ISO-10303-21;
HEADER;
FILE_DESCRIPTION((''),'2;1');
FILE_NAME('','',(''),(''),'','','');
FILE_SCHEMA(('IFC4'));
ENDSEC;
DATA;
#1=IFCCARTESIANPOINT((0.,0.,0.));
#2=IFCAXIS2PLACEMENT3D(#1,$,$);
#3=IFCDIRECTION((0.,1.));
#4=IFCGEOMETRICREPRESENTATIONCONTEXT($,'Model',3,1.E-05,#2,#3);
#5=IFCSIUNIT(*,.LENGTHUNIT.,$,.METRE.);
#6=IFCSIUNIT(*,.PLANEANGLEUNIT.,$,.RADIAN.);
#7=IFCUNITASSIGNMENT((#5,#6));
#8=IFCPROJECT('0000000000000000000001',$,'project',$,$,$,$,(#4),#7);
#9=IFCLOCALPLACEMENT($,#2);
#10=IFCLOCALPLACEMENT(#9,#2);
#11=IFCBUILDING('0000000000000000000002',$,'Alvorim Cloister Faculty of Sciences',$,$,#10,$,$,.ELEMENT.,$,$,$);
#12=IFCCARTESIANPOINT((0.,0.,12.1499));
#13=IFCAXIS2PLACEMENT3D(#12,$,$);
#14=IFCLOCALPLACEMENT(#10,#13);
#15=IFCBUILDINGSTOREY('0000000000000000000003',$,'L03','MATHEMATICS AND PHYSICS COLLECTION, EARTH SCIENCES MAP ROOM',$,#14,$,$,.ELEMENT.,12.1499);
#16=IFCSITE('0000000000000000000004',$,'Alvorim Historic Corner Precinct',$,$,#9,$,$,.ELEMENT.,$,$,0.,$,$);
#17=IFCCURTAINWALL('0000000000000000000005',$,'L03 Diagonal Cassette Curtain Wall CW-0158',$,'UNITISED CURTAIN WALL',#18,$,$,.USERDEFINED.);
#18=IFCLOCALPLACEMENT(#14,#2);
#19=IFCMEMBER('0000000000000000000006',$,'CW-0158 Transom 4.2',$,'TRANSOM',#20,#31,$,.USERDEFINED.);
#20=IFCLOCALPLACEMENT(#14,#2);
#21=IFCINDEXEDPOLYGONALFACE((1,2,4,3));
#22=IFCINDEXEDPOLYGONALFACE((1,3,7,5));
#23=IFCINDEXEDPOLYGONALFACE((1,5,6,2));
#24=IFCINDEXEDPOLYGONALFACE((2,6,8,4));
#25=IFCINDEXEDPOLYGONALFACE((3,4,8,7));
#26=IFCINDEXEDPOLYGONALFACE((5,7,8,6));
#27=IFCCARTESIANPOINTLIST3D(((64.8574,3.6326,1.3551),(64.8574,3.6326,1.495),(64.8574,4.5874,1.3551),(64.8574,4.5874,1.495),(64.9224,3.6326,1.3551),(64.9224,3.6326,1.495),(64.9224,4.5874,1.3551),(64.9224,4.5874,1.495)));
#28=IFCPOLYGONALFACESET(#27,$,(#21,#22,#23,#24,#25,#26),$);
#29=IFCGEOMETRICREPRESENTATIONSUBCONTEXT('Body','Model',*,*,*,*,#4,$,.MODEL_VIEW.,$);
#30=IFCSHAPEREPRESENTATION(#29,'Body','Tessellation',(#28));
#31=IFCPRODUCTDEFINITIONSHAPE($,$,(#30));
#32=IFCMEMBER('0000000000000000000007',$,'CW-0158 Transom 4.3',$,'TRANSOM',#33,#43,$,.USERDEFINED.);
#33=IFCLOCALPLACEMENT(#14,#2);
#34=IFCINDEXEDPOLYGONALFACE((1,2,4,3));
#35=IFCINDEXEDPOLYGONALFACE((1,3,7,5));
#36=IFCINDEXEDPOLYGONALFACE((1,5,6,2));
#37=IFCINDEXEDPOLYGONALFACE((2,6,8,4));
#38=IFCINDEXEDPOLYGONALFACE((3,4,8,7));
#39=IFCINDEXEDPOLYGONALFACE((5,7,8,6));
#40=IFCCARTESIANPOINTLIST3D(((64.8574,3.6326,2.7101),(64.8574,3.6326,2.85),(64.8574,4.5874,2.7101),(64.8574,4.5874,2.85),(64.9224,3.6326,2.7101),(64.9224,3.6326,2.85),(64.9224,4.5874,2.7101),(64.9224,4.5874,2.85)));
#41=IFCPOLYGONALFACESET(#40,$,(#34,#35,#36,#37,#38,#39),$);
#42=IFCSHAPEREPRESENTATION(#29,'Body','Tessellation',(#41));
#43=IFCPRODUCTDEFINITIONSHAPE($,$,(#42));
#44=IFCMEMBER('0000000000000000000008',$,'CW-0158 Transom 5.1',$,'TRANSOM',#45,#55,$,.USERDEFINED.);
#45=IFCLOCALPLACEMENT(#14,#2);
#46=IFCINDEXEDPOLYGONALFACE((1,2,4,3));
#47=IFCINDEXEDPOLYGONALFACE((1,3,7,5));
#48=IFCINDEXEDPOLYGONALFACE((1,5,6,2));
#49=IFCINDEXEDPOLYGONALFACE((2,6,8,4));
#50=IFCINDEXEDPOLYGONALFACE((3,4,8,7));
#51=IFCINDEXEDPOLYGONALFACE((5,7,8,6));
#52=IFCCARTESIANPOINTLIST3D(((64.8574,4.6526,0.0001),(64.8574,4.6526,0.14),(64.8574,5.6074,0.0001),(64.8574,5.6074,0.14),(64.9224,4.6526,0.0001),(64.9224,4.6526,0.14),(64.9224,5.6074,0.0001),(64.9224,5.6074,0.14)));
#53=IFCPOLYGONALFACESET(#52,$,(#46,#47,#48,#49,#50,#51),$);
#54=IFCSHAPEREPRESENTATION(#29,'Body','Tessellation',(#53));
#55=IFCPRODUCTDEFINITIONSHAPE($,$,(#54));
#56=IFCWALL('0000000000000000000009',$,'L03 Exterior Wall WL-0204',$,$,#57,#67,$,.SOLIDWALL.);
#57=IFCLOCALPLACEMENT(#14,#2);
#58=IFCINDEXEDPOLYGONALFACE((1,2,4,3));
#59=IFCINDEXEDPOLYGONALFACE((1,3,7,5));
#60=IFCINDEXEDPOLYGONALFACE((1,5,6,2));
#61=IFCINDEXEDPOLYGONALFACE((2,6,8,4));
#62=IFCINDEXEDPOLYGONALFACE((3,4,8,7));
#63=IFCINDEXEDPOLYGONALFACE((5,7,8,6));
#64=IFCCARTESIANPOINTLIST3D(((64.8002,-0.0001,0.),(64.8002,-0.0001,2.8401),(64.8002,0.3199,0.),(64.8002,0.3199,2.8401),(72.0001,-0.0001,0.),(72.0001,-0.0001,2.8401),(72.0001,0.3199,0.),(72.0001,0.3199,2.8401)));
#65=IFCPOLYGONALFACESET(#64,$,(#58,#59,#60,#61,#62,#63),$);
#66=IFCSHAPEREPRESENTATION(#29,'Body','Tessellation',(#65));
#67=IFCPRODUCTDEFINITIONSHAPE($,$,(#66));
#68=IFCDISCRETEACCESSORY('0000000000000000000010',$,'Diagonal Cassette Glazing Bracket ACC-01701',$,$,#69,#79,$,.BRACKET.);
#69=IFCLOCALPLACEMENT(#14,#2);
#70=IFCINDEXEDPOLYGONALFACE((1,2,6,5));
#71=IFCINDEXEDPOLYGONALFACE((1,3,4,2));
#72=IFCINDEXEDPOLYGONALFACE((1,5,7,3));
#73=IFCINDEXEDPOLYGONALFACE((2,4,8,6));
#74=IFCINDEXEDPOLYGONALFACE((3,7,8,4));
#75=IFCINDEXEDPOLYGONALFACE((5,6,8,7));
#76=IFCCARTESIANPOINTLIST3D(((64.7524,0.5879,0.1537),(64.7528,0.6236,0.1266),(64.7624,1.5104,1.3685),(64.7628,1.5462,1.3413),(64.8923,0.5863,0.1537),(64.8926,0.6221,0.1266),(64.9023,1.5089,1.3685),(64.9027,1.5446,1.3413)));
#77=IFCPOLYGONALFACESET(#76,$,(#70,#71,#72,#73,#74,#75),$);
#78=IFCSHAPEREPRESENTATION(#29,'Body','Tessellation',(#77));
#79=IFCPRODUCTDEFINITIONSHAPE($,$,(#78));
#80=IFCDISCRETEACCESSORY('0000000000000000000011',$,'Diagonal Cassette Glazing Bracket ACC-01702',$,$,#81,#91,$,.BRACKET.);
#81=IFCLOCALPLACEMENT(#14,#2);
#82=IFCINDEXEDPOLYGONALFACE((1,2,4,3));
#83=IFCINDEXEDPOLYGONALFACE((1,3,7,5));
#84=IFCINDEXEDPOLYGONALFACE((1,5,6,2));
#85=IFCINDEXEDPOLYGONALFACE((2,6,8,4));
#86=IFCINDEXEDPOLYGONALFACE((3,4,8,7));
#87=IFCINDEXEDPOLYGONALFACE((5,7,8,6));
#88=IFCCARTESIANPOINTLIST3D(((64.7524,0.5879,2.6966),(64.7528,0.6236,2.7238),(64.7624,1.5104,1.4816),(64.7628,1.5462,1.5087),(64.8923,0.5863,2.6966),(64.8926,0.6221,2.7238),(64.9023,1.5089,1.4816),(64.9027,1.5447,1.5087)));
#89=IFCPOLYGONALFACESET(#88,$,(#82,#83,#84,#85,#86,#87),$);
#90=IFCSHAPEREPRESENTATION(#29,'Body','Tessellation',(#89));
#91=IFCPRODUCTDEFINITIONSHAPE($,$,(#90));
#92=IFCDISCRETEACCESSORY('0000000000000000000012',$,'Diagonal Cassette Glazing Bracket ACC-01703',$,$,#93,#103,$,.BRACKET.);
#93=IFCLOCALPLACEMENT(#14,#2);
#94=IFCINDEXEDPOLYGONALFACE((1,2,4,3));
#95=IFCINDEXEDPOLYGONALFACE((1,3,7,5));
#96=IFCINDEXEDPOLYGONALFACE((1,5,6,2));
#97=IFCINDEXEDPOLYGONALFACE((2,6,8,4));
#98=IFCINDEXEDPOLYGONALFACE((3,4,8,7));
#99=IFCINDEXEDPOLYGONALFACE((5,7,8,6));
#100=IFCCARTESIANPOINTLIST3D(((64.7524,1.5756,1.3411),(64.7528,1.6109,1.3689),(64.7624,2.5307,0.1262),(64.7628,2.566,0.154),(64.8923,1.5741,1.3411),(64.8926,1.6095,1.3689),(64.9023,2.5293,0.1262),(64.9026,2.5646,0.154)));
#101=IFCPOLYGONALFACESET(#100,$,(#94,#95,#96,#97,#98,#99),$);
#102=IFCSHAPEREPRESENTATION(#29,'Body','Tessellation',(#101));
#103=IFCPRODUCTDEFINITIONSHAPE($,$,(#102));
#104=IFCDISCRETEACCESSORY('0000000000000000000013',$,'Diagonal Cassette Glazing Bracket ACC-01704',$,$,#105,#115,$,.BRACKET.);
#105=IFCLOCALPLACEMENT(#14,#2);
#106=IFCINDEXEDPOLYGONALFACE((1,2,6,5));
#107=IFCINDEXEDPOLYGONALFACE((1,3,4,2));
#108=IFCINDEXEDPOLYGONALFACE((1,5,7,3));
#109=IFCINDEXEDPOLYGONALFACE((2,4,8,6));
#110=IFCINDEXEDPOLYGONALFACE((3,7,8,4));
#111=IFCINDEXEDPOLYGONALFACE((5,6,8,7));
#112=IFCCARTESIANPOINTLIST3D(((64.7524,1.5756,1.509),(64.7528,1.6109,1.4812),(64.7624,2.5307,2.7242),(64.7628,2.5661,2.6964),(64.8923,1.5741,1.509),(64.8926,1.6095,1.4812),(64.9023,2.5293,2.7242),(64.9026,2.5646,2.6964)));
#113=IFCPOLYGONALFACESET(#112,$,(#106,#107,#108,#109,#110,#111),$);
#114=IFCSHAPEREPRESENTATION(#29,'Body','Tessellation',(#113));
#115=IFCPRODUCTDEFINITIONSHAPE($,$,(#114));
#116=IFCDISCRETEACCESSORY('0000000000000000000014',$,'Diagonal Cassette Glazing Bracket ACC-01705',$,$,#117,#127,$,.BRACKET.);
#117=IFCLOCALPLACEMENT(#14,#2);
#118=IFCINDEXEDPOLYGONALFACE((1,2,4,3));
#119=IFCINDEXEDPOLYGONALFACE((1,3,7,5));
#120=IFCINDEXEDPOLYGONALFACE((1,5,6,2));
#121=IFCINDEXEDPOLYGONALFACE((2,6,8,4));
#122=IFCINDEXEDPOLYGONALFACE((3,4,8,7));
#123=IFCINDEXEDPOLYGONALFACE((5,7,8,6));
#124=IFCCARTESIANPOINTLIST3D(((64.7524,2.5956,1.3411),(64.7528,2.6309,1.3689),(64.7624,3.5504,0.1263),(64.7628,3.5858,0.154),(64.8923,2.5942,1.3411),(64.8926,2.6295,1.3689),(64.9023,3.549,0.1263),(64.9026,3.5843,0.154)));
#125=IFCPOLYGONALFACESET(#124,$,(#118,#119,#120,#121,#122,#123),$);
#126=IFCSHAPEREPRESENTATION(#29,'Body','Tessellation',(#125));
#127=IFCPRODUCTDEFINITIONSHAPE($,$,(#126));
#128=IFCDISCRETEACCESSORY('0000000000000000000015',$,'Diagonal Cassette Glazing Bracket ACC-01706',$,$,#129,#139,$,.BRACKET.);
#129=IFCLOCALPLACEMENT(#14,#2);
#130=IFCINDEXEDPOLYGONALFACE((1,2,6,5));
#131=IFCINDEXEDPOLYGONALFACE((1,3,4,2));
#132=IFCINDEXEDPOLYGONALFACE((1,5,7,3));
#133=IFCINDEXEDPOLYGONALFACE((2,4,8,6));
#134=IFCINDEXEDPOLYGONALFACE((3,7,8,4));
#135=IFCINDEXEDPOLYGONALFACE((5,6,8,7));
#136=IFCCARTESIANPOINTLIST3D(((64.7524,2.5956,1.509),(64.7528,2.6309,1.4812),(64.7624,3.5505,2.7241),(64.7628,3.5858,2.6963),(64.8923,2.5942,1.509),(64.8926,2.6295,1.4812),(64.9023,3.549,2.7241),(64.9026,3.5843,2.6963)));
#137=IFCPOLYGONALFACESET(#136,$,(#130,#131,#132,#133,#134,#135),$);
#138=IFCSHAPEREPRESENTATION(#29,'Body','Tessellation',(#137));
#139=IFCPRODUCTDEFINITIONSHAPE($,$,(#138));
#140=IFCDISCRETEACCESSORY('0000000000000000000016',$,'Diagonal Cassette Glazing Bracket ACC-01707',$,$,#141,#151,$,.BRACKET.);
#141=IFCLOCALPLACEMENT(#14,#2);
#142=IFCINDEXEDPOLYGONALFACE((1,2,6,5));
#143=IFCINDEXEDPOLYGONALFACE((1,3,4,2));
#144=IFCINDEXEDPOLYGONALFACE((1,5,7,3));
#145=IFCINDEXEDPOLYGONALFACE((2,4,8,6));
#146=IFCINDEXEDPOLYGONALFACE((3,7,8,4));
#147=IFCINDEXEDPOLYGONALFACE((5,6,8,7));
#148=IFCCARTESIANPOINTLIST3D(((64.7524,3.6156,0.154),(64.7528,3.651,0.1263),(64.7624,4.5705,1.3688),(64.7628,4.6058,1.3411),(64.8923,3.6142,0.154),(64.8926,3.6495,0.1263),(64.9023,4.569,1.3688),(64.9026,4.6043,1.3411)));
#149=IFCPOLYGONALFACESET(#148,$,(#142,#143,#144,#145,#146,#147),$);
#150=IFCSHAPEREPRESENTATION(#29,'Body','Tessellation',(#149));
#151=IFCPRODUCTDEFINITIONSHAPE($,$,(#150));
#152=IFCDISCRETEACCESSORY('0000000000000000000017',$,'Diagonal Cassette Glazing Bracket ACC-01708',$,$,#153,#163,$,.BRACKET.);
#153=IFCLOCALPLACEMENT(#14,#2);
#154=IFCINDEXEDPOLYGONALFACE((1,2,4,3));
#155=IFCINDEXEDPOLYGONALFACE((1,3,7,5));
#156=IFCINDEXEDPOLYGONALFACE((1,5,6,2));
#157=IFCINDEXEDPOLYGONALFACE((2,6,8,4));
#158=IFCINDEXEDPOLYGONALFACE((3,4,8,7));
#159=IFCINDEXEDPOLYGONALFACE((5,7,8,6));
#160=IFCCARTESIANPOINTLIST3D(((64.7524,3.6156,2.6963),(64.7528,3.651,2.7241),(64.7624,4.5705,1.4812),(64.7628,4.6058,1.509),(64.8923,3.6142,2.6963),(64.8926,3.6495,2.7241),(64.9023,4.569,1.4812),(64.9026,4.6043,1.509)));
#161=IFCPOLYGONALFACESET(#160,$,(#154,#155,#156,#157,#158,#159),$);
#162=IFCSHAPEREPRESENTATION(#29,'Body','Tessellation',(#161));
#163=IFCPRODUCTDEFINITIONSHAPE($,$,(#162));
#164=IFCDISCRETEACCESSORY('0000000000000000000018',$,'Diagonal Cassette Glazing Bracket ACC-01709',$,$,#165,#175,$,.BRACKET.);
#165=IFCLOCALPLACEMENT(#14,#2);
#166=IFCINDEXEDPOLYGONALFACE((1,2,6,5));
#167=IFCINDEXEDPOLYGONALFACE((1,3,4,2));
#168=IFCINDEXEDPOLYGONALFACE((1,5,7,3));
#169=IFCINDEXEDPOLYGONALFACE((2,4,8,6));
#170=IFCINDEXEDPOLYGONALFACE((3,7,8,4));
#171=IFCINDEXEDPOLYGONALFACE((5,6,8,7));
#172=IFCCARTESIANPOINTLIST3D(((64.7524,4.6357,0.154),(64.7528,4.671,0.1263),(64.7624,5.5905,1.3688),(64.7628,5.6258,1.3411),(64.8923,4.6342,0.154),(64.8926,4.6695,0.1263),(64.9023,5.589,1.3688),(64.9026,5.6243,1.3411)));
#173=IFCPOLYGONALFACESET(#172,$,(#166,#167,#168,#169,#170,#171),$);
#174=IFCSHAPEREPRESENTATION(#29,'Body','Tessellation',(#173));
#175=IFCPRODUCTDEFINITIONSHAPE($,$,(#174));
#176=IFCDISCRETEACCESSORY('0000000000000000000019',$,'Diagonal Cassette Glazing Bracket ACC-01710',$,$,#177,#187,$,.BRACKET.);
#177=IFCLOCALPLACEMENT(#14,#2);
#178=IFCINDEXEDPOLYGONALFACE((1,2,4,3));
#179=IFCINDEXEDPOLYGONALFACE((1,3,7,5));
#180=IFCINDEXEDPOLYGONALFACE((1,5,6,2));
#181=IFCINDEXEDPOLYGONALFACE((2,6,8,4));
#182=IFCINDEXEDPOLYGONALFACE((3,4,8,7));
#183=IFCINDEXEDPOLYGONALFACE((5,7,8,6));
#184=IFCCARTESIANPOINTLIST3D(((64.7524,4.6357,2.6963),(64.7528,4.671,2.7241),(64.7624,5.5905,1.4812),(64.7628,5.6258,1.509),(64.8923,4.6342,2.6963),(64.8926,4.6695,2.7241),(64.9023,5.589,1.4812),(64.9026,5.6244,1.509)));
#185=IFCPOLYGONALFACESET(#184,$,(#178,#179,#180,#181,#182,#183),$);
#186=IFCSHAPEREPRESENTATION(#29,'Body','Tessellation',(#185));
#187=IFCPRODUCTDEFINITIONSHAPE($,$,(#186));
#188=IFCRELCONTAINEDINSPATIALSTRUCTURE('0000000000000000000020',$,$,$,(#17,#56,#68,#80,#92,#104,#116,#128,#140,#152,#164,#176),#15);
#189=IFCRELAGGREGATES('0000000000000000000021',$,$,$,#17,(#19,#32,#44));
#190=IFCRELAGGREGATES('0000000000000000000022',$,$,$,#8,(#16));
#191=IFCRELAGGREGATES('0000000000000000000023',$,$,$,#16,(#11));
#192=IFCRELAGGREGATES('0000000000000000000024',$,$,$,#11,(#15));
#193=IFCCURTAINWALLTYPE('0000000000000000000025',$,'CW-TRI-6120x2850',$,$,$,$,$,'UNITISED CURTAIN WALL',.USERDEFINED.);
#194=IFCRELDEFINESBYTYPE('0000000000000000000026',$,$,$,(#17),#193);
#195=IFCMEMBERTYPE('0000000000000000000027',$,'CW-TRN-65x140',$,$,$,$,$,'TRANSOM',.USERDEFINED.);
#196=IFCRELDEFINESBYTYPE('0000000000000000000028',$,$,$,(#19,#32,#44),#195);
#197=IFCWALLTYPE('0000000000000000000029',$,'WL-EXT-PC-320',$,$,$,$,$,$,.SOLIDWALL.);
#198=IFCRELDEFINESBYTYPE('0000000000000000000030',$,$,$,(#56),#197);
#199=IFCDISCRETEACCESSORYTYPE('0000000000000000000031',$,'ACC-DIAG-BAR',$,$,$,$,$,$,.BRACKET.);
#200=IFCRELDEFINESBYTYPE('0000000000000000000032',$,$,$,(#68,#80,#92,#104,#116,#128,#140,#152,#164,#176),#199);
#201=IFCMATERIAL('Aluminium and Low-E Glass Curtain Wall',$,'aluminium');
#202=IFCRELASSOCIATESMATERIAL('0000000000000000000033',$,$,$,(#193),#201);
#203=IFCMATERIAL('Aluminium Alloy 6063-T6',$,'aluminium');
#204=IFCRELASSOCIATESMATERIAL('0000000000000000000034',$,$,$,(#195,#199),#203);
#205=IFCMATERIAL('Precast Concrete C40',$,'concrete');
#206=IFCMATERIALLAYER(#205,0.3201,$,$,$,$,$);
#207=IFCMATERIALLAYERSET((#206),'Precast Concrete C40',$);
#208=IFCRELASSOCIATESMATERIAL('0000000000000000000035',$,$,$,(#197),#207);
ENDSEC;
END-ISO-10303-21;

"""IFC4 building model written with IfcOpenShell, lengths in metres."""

from ifc_helpers import new_model, si_unit, direction, frame, frame_2d, origin, origin_2d, place, context, subcontext, project, spatial, rectangle, extrude, material, layer, layer_set, material_profile, profile_set, type_object, element, aggregate, save


model = new_model("IFC4")

# Units and contexts
model_context = context("Model", 3, precision=1e-05, world=origin(), true_north=direction((0.0, 1.0)))
body_context = subcontext(model_context, "Body", "Model", "MODEL_VIEW")
ifc_project = project(units=[si_unit("LENGTHUNIT", "METRE"), si_unit("PLANEANGLEUNIT", "RADIAN")], contexts=[model_context])

# Site, building, storey
site_placement = place(None, origin())
site = spatial("IfcSite", under=ifc_project, at=site_placement, Name="Alvorim Historic Corner Precinct", CompositionType="ELEMENT", RefElevation=0.0)
building_placement = place(site_placement, origin())
building = spatial("IfcBuilding", under=site, at=building_placement, Name="Alvorim Cloister Faculty of Sciences", CompositionType="ELEMENT")
storey_placement = place(building_placement, frame((0.0, 0.0, 12.1499)))
storey = spatial("IfcBuildingStorey", under=building, at=storey_placement, Name="L03", Description="MATHEMATICS AND PHYSICS COLLECTION, EARTH SCIENCES MAP ROOM", CompositionType="ELEMENT", Elevation=12.1499)

# Curtain wall, members
ifc_material_1 = material(Name="Aluminium and Low-E Glass Curtain Wall", Category="aluminium")
curtain_wall_type = type_object("IfcCurtainWallType", Name="CW-TRI-6120x2850", ElementType="UNITISED CURTAIN WALL", PredefinedType="USERDEFINED", material=ifc_material_1)
curtain_wall_placement = place(storey_placement, origin())
curtain_wall = element("IfcCurtainWall", 1, at=curtain_wall_placement, inside=storey, type_object=curtain_wall_type, Name="L03 Diagonal Cassette Curtain Wall CW-0158", ObjectType="UNITISED CURTAIN WALL", PredefinedType="USERDEFINED")
ifc_material_2 = material(Name="Aluminium Alloy 6063-T6", Category="aluminium")
ifc_material_profile_1 = material_profile(ifc_material_2, rectangle(XDim=0.0649, YDim=0.1399, at=origin_2d()), Name="ALU-TRN-65x140")
ifc_profile_set_1 = profile_set([ifc_material_profile_1], Name="Aluminium Alloy 6063-T6")
member_type_1 = type_object("IfcMemberType", Name="CW-TRN-65x140", ElementType="TRANSOM", PredefinedType="USERDEFINED", material=ifc_profile_set_1)
member_1_placement = place(storey_placement, frame((64.8899, 3.6326, 1.425), z_axis=(0.0, 1.0, 0.0), x_axis=(-1.0, 0.0, 0.0)))
member_1 = element("IfcMember", 2, at=member_1_placement, type_object=member_type_1, Name="CW-0158 Transom 4.2", ObjectType="TRANSOM", PredefinedType="USERDEFINED", context=body_context, shape_type="SweptSolid", body=[
    extrude(rectangle(XDim=0.0649, YDim=0.1399, at=origin_2d()), origin(), (0.0, 0.0, 1.0), 0.9548),
])
member_2_placement = place(storey_placement, frame((64.8899, 3.6326, 2.78), z_axis=(0.0, 1.0, 0.0), x_axis=(-1.0, 0.0, 0.0)))
member_2 = element("IfcMember", 3, at=member_2_placement, type_object=member_type_1, Name="CW-0158 Transom 4.3", ObjectType="TRANSOM", PredefinedType="USERDEFINED", context=body_context, shape_type="SweptSolid", body=[
    extrude(rectangle(XDim=0.0649, YDim=0.1399, at=origin_2d()), origin(), (0.0, 0.0, 1.0), 0.9548),
])
member_3_placement = place(storey_placement, frame((64.8899, 4.6526, 0.0701), z_axis=(0.0, 1.0, 0.0), x_axis=(-1.0, 0.0, 0.0)))
member_3 = element("IfcMember", 4, at=member_3_placement, type_object=member_type_1, Name="CW-0158 Transom 5.1", ObjectType="TRANSOM", PredefinedType="USERDEFINED", context=body_context, shape_type="SweptSolid", body=[
    extrude(rectangle(XDim=0.0649, YDim=0.1399, at=origin_2d()), origin(), (0.0, 0.0, 1.0), 0.9548),
])
aggregate(curtain_wall, [member_1, member_2, member_3])

# Wall
ifc_material_3 = material(Name="Precast Concrete C40", Category="concrete")
ifc_layer = layer(ifc_material_3, 0.3201)
ifc_layer_set = layer_set([ifc_layer], Name="Precast Concrete C40")
wall_type = type_object("IfcWallType", Name="WL-EXT-PC-320", PredefinedType="SOLIDWALL", material=ifc_layer_set)
wall_placement = place(storey_placement, frame((64.8, 0.1599, 0.0), z_axis=(0.0, 0.0, 1.0), x_axis=(1.0, 0.0, 0.0)))
element("IfcWall", 5, at=wall_placement, inside=storey, type_object=wall_type, Name="L03 Exterior Wall WL-0204", PredefinedType="SOLIDWALL", context=body_context, shape_type="SweptSolid", body=[
    extrude(rectangle(XDim=7.2, YDim=0.3201, at=frame_2d((3.6001, 0.0))), origin(), (0.0, 0.0, 1.0), 2.8401),
])

# Discrete accessories
discrete_accessory_type = type_object("IfcDiscreteAccessoryType", Name="ACC-DIAG-BAR", PredefinedType="BRACKET", material=ifc_material_2)
discrete_accessory_1_placement = place(storey_placement, frame((64.8225, 0.605, 0.1401), z_axis=(0.006562, 0.60479, 0.796358), x_axis=(-0.999941, 0.010849, 0.0)))
element("IfcDiscreteAccessory", 6, at=discrete_accessory_1_placement, inside=storey, type_object=discrete_accessory_type, Name="Diagonal Cassette Glazing Bracket ACC-01701", PredefinedType="BRACKET", context=body_context, shape_type="SweptSolid", body=[
    extrude(rectangle(XDim=0.1399, YDim=0.0449, at=origin_2d()), origin(), (0.0, 0.0, 1.0), 1.5254),
])
discrete_accessory_2_placement = place(storey_placement, frame((64.8225, 0.605, 2.7102), z_axis=(0.006561, 0.604713, -0.796416), x_axis=(-0.999941, 0.010849, 0.0)))
element("IfcDiscreteAccessory", 7, at=discrete_accessory_2_placement, inside=storey, type_object=discrete_accessory_type, Name="Diagonal Cassette Glazing Bracket ACC-01702", PredefinedType="BRACKET", context=body_context, shape_type="SweptSolid", body=[
    extrude(rectangle(XDim=0.1399, YDim=0.0449, at=origin_2d()), origin(), (0.0, 0.0, 1.0), 1.5256),
])
discrete_accessory_3_placement = place(storey_placement, frame((64.8225, 1.5925, 1.355), z_axis=(0.006477, 0.618032, -0.786126), x_axis=(-0.999945, 0.01048, 0.0)))
element("IfcDiscreteAccessory", 8, at=discrete_accessory_3_placement, inside=storey, type_object=discrete_accessory_type, Name="Diagonal Cassette Glazing Bracket ACC-01703", PredefinedType="BRACKET", context=body_context, shape_type="SweptSolid", body=[
    extrude(rectangle(XDim=0.1399, YDim=0.0449, at=origin_2d()), origin(), (0.0, 0.0, 1.0), 1.5454),
])
discrete_accessory_4_placement = place(storey_placement, frame((64.8225, 1.5925, 1.4951), z_axis=(0.006477, 0.617955, 0.786187), x_axis=(-0.999945, 0.01048, 0.0)))
element("IfcDiscreteAccessory", 9, at=discrete_accessory_4_placement, inside=storey, type_object=discrete_accessory_type, Name="Diagonal Cassette Glazing Bracket ACC-01704", PredefinedType="BRACKET", context=body_context, shape_type="SweptSolid", body=[
    extrude(rectangle(XDim=0.1399, YDim=0.0449, at=origin_2d()), origin(), (0.0, 0.0, 1.0), 1.5457),
])
discrete_accessory_5_placement = place(storey_placement, frame((64.8225, 2.6125, 1.355), z_axis=(0.006478, 0.617934, -0.786203), x_axis=(-0.999945, 0.010483, 0.0)))
element("IfcDiscreteAccessory", 10, at=discrete_accessory_5_placement, inside=storey, type_object=discrete_accessory_type, Name="Diagonal Cassette Glazing Bracket ACC-01705", PredefinedType="BRACKET", context=body_context, shape_type="SweptSolid", body=[
    extrude(rectangle(XDim=0.1399, YDim=0.0449, at=origin_2d()), origin(), (0.0, 0.0, 1.0), 1.5452),
])
discrete_accessory_6_placement = place(storey_placement, frame((64.8225, 2.6125, 1.4951), z_axis=(0.006477, 0.617857, 0.786263), x_axis=(-0.999945, 0.010483, 0.0)))
element("IfcDiscreteAccessory", 11, at=discrete_accessory_6_placement, inside=storey, type_object=discrete_accessory_type, Name="Diagonal Cassette Glazing Bracket ACC-01706", PredefinedType="BRACKET", context=body_context, shape_type="SweptSolid", body=[
    extrude(rectangle(XDim=0.1399, YDim=0.0449, at=origin_2d()), origin(), (0.0, 0.0, 1.0), 1.5454),
])
discrete_accessory_7_placement = place(storey_placement, frame((64.8225, 3.6326, 0.1401), z_axis=(0.006478, 0.617934, 0.786203), x_axis=(-0.999945, 0.010483, 0.0)))
element("IfcDiscreteAccessory", 12, at=discrete_accessory_7_placement, inside=storey, type_object=discrete_accessory_type, Name="Diagonal Cassette Glazing Bracket ACC-01707", PredefinedType="BRACKET", context=body_context, shape_type="SweptSolid", body=[
    extrude(rectangle(XDim=0.1399, YDim=0.0449, at=origin_2d()), origin(), (0.0, 0.0, 1.0), 1.5452),
])
discrete_accessory_8_placement = place(storey_placement, frame((64.8225, 3.6326, 2.7102), z_axis=(0.006477, 0.617857, -0.786263), x_axis=(-0.999945, 0.010483, 0.0)))
element("IfcDiscreteAccessory", 13, at=discrete_accessory_8_placement, inside=storey, type_object=discrete_accessory_type, Name="Diagonal Cassette Glazing Bracket ACC-01708", PredefinedType="BRACKET", context=body_context, shape_type="SweptSolid", body=[
    extrude(rectangle(XDim=0.1399, YDim=0.0449, at=origin_2d()), origin(), (0.0, 0.0, 1.0), 1.5454),
])
discrete_accessory_9_placement = place(storey_placement, frame((64.8225, 4.6526, 0.1401), z_axis=(0.006478, 0.617934, 0.786203), x_axis=(-0.999945, 0.010483, 0.0)))
element("IfcDiscreteAccessory", 14, at=discrete_accessory_9_placement, inside=storey, type_object=discrete_accessory_type, Name="Diagonal Cassette Glazing Bracket ACC-01709", PredefinedType="BRACKET", context=body_context, shape_type="SweptSolid", body=[
    extrude(rectangle(XDim=0.1399, YDim=0.0449, at=origin_2d()), origin(), (0.0, 0.0, 1.0), 1.5452),
])
discrete_accessory_10_placement = place(storey_placement, frame((64.8225, 4.6526, 2.7102), z_axis=(0.006477, 0.617857, -0.786263), x_axis=(-0.999945, 0.010483, 0.0)))
element("IfcDiscreteAccessory", 15, at=discrete_accessory_10_placement, inside=storey, type_object=discrete_accessory_type, Name="Diagonal Cassette Glazing Bracket ACC-01710", PredefinedType="BRACKET", context=body_context, shape_type="SweptSolid", body=[
    extrude(rectangle(XDim=0.1399, YDim=0.0449, at=origin_2d()), origin(), (0.0, 0.0, 1.0), 1.5454),
])

save(model, "model.ifc")
